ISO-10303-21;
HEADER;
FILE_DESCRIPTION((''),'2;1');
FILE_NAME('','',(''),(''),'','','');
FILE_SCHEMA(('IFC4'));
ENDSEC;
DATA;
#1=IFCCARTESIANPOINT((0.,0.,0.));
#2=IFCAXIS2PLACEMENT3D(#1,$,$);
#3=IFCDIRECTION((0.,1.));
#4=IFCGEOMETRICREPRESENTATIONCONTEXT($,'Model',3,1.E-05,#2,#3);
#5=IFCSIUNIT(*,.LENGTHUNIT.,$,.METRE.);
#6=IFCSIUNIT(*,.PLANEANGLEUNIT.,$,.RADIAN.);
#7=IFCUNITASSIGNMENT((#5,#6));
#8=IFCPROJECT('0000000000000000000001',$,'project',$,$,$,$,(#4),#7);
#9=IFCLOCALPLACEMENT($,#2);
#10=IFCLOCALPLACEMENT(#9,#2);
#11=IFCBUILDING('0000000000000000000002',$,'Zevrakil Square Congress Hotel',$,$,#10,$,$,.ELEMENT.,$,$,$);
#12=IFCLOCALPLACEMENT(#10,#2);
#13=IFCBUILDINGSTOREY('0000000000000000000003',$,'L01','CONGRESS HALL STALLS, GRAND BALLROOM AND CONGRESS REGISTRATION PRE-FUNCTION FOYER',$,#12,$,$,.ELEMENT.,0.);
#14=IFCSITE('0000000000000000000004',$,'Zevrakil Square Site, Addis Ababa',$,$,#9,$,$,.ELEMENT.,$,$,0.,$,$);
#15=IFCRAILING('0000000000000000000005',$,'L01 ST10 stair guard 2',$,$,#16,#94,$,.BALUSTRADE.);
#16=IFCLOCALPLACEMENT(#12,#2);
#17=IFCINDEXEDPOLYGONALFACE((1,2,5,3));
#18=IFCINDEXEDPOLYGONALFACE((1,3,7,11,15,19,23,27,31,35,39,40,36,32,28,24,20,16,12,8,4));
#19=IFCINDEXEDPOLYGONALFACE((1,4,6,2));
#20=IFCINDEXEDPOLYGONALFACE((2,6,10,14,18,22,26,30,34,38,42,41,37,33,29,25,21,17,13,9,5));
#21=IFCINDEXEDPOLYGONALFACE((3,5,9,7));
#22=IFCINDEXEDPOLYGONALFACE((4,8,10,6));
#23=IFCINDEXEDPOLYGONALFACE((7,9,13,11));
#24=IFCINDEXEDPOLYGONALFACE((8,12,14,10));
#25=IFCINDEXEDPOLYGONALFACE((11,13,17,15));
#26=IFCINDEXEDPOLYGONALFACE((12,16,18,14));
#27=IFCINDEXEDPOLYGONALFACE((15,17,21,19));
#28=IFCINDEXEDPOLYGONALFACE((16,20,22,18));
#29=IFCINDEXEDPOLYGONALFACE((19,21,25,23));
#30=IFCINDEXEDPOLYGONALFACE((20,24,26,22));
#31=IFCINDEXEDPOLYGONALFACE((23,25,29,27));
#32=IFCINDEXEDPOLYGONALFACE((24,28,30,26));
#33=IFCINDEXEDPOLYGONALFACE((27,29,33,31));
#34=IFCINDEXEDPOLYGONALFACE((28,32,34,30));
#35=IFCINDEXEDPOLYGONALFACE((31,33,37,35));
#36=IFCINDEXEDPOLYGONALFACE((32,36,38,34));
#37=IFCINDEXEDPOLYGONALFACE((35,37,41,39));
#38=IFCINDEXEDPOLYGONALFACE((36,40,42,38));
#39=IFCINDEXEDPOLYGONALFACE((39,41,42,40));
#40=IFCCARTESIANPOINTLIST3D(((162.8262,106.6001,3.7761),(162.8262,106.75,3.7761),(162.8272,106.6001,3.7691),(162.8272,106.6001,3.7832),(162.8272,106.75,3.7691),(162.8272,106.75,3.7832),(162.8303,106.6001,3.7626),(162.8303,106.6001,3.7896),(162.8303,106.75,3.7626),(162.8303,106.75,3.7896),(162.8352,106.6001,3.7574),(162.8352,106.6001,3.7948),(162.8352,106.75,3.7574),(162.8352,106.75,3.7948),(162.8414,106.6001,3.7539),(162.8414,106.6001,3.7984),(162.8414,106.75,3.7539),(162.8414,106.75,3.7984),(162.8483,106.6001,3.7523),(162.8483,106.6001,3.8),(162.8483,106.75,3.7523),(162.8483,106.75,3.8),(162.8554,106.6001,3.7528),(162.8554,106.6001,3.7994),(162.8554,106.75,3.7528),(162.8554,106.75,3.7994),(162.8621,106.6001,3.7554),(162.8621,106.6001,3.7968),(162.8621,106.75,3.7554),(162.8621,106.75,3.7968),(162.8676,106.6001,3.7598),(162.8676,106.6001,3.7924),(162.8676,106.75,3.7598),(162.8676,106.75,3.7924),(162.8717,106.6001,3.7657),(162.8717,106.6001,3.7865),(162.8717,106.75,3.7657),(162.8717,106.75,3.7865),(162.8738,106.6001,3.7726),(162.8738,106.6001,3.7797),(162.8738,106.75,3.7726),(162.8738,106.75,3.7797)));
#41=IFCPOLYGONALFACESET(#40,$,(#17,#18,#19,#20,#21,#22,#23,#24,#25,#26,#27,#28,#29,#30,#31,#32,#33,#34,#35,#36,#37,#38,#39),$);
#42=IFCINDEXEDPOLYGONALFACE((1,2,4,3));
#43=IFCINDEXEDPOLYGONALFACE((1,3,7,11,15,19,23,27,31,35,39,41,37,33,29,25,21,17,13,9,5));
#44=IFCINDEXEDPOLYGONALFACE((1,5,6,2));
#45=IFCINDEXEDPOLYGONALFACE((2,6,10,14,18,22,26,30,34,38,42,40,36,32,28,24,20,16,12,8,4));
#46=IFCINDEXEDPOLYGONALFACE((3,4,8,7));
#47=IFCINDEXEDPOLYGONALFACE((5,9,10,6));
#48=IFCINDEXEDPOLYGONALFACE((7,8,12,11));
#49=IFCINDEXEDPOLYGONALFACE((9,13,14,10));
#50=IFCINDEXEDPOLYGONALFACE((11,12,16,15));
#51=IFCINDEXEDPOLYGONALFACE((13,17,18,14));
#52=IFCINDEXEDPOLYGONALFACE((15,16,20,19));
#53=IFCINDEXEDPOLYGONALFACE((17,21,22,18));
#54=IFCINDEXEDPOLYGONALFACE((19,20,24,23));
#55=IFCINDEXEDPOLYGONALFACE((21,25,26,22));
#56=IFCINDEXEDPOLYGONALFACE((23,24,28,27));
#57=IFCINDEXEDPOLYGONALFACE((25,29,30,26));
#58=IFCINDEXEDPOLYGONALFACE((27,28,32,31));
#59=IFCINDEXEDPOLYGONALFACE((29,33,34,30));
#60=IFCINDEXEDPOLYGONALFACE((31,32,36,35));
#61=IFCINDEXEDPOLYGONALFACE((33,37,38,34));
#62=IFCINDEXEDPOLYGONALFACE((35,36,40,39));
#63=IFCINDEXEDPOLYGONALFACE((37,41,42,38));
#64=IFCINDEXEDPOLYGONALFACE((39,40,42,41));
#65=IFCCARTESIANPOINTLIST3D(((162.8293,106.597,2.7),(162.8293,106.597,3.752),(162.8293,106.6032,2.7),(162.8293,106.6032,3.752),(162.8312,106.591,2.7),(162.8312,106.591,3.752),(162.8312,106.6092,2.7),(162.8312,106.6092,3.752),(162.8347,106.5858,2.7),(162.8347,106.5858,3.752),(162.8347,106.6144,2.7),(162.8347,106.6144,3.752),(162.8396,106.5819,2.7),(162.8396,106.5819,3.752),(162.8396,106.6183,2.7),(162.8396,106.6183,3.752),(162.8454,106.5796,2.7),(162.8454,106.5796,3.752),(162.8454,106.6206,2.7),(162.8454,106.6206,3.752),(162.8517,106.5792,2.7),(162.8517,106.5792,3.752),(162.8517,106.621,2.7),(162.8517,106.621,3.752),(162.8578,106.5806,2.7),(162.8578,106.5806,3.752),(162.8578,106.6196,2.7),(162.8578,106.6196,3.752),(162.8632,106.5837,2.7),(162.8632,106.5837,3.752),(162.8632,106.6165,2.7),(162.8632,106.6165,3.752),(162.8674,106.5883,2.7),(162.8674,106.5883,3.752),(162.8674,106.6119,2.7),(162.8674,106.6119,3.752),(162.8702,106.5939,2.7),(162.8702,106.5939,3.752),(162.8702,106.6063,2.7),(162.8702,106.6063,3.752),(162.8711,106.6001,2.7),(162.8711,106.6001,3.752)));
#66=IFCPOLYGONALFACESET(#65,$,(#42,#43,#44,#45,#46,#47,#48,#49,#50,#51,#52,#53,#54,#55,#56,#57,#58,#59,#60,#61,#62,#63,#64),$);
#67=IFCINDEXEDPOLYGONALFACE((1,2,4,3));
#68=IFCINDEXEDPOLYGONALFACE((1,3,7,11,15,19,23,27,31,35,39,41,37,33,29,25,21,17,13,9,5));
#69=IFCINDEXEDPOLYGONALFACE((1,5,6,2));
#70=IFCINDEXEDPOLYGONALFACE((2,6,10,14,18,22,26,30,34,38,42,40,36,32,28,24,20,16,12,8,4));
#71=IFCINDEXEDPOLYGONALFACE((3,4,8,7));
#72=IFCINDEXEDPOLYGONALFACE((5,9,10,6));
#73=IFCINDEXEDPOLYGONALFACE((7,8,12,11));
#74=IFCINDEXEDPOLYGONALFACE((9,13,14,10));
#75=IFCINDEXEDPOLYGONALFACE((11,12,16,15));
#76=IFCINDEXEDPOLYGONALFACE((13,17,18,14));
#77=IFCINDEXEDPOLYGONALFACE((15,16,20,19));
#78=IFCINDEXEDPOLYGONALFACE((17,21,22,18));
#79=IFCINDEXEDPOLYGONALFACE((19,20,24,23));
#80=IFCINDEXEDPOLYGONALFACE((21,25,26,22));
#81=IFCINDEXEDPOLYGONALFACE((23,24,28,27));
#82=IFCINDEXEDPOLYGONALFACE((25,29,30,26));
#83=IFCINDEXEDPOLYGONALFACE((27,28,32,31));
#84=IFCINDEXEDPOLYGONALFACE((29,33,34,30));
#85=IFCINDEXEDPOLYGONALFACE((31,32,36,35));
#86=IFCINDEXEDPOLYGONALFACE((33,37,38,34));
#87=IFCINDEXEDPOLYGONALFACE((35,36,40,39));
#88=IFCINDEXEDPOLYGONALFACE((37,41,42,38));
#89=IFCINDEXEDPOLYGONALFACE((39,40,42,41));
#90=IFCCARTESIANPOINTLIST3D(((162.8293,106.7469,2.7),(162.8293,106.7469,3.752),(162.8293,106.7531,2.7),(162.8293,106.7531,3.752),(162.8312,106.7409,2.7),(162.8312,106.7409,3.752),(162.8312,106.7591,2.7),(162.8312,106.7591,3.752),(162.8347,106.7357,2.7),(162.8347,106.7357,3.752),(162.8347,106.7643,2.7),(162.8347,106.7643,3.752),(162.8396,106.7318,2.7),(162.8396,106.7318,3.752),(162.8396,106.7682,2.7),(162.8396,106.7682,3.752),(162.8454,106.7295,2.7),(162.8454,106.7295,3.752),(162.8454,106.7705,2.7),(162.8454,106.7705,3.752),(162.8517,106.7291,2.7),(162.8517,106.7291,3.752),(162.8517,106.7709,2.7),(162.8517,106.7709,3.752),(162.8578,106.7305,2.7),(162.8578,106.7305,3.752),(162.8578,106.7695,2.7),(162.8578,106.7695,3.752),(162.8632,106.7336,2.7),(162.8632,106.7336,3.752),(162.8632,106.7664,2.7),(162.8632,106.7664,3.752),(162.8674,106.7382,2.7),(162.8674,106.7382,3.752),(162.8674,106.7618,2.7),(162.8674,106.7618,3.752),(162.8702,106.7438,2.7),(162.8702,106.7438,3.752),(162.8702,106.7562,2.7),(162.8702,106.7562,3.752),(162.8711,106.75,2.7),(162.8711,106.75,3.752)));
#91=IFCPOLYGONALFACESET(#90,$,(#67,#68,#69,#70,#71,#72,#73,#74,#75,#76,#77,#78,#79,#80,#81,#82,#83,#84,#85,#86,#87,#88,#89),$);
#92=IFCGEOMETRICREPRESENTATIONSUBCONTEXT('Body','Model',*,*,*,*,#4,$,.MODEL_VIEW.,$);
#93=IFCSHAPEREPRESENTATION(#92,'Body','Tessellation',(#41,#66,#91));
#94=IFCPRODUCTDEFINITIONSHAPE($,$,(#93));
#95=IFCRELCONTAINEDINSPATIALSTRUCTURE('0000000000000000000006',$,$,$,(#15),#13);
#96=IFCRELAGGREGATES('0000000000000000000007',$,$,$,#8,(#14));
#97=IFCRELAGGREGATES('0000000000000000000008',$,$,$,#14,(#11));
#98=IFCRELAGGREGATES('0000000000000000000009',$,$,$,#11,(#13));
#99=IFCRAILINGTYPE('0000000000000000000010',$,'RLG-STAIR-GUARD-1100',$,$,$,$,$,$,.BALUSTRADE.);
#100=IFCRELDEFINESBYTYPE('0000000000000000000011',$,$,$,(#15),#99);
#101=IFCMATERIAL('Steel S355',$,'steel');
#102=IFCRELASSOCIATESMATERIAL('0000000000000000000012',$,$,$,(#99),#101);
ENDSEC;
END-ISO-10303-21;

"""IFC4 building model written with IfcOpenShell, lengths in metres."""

from ifc_helpers import new_model, si_unit, direction, frame, origin, origin_2d, place, context, subcontext, project, spatial, circle, extrude, material, type_object, element, save


model = new_model("IFC4")

# Units and contexts
model_context = context("Model", 3, precision=1e-05, world=origin(), true_north=direction((0.0, 1.0)))
body_context = subcontext(model_context, "Body", "Model", "MODEL_VIEW")
ifc_project = project(units=[si_unit("LENGTHUNIT", "METRE"), si_unit("PLANEANGLEUNIT", "RADIAN")], contexts=[model_context])

# Site, building, storey
site_placement = place(None, origin())
site = spatial("IfcSite", under=ifc_project, at=site_placement, Name="Zevrakil Square Site, Addis Ababa", CompositionType="ELEMENT", RefElevation=0.0)
building_placement = place(site_placement, origin())
building = spatial("IfcBuilding", under=site, at=building_placement, Name="Zevrakil Square Congress Hotel", CompositionType="ELEMENT")
storey_placement = place(building_placement, origin())
storey = spatial("IfcBuildingStorey", under=building, at=storey_placement, Name="L01", Description="CONGRESS HALL STALLS, GRAND BALLROOM AND CONGRESS REGISTRATION PRE-FUNCTION FOYER", CompositionType="ELEMENT", Elevation=0.0)

# Railing
ifc_material_1 = material(Name="Steel S355", Category="steel")
railing_type_1 = type_object("IfcRailingType", Name="RLG-STAIR-GUARD-1100", PredefinedType="BALUSTRADE", material=ifc_material_1)
railing_1_placement = place(storey_placement, frame((162.8501, 106.6001, 2.7)))
element("IfcRailing", 1, at=railing_1_placement, inside=storey, type_object=railing_type_1, Name="L01 ST10 stair guard 2", PredefinedType="BALUSTRADE", context=body_context, shape_type="SweptSolid", body=[
    extrude(circle(Radius=0.0239, at=origin_2d()), frame((0.0, 0.0, 1.0762), z_axis=(0.0, 1.0, 0.0), x_axis=(-1.0, 0.0, 0.0)), (0.0, 0.0, 1.0), 0.1499),
    extrude(circle(Radius=0.021, at=origin_2d()), origin(), (0.0, 0.0, 1.0), 1.052),
    extrude(circle(Radius=0.021, at=origin_2d()), frame((0.0, 0.1499, 0.0)), (0.0, 0.0, 1.0), 1.052),
])

save(model, "model.ifc")
